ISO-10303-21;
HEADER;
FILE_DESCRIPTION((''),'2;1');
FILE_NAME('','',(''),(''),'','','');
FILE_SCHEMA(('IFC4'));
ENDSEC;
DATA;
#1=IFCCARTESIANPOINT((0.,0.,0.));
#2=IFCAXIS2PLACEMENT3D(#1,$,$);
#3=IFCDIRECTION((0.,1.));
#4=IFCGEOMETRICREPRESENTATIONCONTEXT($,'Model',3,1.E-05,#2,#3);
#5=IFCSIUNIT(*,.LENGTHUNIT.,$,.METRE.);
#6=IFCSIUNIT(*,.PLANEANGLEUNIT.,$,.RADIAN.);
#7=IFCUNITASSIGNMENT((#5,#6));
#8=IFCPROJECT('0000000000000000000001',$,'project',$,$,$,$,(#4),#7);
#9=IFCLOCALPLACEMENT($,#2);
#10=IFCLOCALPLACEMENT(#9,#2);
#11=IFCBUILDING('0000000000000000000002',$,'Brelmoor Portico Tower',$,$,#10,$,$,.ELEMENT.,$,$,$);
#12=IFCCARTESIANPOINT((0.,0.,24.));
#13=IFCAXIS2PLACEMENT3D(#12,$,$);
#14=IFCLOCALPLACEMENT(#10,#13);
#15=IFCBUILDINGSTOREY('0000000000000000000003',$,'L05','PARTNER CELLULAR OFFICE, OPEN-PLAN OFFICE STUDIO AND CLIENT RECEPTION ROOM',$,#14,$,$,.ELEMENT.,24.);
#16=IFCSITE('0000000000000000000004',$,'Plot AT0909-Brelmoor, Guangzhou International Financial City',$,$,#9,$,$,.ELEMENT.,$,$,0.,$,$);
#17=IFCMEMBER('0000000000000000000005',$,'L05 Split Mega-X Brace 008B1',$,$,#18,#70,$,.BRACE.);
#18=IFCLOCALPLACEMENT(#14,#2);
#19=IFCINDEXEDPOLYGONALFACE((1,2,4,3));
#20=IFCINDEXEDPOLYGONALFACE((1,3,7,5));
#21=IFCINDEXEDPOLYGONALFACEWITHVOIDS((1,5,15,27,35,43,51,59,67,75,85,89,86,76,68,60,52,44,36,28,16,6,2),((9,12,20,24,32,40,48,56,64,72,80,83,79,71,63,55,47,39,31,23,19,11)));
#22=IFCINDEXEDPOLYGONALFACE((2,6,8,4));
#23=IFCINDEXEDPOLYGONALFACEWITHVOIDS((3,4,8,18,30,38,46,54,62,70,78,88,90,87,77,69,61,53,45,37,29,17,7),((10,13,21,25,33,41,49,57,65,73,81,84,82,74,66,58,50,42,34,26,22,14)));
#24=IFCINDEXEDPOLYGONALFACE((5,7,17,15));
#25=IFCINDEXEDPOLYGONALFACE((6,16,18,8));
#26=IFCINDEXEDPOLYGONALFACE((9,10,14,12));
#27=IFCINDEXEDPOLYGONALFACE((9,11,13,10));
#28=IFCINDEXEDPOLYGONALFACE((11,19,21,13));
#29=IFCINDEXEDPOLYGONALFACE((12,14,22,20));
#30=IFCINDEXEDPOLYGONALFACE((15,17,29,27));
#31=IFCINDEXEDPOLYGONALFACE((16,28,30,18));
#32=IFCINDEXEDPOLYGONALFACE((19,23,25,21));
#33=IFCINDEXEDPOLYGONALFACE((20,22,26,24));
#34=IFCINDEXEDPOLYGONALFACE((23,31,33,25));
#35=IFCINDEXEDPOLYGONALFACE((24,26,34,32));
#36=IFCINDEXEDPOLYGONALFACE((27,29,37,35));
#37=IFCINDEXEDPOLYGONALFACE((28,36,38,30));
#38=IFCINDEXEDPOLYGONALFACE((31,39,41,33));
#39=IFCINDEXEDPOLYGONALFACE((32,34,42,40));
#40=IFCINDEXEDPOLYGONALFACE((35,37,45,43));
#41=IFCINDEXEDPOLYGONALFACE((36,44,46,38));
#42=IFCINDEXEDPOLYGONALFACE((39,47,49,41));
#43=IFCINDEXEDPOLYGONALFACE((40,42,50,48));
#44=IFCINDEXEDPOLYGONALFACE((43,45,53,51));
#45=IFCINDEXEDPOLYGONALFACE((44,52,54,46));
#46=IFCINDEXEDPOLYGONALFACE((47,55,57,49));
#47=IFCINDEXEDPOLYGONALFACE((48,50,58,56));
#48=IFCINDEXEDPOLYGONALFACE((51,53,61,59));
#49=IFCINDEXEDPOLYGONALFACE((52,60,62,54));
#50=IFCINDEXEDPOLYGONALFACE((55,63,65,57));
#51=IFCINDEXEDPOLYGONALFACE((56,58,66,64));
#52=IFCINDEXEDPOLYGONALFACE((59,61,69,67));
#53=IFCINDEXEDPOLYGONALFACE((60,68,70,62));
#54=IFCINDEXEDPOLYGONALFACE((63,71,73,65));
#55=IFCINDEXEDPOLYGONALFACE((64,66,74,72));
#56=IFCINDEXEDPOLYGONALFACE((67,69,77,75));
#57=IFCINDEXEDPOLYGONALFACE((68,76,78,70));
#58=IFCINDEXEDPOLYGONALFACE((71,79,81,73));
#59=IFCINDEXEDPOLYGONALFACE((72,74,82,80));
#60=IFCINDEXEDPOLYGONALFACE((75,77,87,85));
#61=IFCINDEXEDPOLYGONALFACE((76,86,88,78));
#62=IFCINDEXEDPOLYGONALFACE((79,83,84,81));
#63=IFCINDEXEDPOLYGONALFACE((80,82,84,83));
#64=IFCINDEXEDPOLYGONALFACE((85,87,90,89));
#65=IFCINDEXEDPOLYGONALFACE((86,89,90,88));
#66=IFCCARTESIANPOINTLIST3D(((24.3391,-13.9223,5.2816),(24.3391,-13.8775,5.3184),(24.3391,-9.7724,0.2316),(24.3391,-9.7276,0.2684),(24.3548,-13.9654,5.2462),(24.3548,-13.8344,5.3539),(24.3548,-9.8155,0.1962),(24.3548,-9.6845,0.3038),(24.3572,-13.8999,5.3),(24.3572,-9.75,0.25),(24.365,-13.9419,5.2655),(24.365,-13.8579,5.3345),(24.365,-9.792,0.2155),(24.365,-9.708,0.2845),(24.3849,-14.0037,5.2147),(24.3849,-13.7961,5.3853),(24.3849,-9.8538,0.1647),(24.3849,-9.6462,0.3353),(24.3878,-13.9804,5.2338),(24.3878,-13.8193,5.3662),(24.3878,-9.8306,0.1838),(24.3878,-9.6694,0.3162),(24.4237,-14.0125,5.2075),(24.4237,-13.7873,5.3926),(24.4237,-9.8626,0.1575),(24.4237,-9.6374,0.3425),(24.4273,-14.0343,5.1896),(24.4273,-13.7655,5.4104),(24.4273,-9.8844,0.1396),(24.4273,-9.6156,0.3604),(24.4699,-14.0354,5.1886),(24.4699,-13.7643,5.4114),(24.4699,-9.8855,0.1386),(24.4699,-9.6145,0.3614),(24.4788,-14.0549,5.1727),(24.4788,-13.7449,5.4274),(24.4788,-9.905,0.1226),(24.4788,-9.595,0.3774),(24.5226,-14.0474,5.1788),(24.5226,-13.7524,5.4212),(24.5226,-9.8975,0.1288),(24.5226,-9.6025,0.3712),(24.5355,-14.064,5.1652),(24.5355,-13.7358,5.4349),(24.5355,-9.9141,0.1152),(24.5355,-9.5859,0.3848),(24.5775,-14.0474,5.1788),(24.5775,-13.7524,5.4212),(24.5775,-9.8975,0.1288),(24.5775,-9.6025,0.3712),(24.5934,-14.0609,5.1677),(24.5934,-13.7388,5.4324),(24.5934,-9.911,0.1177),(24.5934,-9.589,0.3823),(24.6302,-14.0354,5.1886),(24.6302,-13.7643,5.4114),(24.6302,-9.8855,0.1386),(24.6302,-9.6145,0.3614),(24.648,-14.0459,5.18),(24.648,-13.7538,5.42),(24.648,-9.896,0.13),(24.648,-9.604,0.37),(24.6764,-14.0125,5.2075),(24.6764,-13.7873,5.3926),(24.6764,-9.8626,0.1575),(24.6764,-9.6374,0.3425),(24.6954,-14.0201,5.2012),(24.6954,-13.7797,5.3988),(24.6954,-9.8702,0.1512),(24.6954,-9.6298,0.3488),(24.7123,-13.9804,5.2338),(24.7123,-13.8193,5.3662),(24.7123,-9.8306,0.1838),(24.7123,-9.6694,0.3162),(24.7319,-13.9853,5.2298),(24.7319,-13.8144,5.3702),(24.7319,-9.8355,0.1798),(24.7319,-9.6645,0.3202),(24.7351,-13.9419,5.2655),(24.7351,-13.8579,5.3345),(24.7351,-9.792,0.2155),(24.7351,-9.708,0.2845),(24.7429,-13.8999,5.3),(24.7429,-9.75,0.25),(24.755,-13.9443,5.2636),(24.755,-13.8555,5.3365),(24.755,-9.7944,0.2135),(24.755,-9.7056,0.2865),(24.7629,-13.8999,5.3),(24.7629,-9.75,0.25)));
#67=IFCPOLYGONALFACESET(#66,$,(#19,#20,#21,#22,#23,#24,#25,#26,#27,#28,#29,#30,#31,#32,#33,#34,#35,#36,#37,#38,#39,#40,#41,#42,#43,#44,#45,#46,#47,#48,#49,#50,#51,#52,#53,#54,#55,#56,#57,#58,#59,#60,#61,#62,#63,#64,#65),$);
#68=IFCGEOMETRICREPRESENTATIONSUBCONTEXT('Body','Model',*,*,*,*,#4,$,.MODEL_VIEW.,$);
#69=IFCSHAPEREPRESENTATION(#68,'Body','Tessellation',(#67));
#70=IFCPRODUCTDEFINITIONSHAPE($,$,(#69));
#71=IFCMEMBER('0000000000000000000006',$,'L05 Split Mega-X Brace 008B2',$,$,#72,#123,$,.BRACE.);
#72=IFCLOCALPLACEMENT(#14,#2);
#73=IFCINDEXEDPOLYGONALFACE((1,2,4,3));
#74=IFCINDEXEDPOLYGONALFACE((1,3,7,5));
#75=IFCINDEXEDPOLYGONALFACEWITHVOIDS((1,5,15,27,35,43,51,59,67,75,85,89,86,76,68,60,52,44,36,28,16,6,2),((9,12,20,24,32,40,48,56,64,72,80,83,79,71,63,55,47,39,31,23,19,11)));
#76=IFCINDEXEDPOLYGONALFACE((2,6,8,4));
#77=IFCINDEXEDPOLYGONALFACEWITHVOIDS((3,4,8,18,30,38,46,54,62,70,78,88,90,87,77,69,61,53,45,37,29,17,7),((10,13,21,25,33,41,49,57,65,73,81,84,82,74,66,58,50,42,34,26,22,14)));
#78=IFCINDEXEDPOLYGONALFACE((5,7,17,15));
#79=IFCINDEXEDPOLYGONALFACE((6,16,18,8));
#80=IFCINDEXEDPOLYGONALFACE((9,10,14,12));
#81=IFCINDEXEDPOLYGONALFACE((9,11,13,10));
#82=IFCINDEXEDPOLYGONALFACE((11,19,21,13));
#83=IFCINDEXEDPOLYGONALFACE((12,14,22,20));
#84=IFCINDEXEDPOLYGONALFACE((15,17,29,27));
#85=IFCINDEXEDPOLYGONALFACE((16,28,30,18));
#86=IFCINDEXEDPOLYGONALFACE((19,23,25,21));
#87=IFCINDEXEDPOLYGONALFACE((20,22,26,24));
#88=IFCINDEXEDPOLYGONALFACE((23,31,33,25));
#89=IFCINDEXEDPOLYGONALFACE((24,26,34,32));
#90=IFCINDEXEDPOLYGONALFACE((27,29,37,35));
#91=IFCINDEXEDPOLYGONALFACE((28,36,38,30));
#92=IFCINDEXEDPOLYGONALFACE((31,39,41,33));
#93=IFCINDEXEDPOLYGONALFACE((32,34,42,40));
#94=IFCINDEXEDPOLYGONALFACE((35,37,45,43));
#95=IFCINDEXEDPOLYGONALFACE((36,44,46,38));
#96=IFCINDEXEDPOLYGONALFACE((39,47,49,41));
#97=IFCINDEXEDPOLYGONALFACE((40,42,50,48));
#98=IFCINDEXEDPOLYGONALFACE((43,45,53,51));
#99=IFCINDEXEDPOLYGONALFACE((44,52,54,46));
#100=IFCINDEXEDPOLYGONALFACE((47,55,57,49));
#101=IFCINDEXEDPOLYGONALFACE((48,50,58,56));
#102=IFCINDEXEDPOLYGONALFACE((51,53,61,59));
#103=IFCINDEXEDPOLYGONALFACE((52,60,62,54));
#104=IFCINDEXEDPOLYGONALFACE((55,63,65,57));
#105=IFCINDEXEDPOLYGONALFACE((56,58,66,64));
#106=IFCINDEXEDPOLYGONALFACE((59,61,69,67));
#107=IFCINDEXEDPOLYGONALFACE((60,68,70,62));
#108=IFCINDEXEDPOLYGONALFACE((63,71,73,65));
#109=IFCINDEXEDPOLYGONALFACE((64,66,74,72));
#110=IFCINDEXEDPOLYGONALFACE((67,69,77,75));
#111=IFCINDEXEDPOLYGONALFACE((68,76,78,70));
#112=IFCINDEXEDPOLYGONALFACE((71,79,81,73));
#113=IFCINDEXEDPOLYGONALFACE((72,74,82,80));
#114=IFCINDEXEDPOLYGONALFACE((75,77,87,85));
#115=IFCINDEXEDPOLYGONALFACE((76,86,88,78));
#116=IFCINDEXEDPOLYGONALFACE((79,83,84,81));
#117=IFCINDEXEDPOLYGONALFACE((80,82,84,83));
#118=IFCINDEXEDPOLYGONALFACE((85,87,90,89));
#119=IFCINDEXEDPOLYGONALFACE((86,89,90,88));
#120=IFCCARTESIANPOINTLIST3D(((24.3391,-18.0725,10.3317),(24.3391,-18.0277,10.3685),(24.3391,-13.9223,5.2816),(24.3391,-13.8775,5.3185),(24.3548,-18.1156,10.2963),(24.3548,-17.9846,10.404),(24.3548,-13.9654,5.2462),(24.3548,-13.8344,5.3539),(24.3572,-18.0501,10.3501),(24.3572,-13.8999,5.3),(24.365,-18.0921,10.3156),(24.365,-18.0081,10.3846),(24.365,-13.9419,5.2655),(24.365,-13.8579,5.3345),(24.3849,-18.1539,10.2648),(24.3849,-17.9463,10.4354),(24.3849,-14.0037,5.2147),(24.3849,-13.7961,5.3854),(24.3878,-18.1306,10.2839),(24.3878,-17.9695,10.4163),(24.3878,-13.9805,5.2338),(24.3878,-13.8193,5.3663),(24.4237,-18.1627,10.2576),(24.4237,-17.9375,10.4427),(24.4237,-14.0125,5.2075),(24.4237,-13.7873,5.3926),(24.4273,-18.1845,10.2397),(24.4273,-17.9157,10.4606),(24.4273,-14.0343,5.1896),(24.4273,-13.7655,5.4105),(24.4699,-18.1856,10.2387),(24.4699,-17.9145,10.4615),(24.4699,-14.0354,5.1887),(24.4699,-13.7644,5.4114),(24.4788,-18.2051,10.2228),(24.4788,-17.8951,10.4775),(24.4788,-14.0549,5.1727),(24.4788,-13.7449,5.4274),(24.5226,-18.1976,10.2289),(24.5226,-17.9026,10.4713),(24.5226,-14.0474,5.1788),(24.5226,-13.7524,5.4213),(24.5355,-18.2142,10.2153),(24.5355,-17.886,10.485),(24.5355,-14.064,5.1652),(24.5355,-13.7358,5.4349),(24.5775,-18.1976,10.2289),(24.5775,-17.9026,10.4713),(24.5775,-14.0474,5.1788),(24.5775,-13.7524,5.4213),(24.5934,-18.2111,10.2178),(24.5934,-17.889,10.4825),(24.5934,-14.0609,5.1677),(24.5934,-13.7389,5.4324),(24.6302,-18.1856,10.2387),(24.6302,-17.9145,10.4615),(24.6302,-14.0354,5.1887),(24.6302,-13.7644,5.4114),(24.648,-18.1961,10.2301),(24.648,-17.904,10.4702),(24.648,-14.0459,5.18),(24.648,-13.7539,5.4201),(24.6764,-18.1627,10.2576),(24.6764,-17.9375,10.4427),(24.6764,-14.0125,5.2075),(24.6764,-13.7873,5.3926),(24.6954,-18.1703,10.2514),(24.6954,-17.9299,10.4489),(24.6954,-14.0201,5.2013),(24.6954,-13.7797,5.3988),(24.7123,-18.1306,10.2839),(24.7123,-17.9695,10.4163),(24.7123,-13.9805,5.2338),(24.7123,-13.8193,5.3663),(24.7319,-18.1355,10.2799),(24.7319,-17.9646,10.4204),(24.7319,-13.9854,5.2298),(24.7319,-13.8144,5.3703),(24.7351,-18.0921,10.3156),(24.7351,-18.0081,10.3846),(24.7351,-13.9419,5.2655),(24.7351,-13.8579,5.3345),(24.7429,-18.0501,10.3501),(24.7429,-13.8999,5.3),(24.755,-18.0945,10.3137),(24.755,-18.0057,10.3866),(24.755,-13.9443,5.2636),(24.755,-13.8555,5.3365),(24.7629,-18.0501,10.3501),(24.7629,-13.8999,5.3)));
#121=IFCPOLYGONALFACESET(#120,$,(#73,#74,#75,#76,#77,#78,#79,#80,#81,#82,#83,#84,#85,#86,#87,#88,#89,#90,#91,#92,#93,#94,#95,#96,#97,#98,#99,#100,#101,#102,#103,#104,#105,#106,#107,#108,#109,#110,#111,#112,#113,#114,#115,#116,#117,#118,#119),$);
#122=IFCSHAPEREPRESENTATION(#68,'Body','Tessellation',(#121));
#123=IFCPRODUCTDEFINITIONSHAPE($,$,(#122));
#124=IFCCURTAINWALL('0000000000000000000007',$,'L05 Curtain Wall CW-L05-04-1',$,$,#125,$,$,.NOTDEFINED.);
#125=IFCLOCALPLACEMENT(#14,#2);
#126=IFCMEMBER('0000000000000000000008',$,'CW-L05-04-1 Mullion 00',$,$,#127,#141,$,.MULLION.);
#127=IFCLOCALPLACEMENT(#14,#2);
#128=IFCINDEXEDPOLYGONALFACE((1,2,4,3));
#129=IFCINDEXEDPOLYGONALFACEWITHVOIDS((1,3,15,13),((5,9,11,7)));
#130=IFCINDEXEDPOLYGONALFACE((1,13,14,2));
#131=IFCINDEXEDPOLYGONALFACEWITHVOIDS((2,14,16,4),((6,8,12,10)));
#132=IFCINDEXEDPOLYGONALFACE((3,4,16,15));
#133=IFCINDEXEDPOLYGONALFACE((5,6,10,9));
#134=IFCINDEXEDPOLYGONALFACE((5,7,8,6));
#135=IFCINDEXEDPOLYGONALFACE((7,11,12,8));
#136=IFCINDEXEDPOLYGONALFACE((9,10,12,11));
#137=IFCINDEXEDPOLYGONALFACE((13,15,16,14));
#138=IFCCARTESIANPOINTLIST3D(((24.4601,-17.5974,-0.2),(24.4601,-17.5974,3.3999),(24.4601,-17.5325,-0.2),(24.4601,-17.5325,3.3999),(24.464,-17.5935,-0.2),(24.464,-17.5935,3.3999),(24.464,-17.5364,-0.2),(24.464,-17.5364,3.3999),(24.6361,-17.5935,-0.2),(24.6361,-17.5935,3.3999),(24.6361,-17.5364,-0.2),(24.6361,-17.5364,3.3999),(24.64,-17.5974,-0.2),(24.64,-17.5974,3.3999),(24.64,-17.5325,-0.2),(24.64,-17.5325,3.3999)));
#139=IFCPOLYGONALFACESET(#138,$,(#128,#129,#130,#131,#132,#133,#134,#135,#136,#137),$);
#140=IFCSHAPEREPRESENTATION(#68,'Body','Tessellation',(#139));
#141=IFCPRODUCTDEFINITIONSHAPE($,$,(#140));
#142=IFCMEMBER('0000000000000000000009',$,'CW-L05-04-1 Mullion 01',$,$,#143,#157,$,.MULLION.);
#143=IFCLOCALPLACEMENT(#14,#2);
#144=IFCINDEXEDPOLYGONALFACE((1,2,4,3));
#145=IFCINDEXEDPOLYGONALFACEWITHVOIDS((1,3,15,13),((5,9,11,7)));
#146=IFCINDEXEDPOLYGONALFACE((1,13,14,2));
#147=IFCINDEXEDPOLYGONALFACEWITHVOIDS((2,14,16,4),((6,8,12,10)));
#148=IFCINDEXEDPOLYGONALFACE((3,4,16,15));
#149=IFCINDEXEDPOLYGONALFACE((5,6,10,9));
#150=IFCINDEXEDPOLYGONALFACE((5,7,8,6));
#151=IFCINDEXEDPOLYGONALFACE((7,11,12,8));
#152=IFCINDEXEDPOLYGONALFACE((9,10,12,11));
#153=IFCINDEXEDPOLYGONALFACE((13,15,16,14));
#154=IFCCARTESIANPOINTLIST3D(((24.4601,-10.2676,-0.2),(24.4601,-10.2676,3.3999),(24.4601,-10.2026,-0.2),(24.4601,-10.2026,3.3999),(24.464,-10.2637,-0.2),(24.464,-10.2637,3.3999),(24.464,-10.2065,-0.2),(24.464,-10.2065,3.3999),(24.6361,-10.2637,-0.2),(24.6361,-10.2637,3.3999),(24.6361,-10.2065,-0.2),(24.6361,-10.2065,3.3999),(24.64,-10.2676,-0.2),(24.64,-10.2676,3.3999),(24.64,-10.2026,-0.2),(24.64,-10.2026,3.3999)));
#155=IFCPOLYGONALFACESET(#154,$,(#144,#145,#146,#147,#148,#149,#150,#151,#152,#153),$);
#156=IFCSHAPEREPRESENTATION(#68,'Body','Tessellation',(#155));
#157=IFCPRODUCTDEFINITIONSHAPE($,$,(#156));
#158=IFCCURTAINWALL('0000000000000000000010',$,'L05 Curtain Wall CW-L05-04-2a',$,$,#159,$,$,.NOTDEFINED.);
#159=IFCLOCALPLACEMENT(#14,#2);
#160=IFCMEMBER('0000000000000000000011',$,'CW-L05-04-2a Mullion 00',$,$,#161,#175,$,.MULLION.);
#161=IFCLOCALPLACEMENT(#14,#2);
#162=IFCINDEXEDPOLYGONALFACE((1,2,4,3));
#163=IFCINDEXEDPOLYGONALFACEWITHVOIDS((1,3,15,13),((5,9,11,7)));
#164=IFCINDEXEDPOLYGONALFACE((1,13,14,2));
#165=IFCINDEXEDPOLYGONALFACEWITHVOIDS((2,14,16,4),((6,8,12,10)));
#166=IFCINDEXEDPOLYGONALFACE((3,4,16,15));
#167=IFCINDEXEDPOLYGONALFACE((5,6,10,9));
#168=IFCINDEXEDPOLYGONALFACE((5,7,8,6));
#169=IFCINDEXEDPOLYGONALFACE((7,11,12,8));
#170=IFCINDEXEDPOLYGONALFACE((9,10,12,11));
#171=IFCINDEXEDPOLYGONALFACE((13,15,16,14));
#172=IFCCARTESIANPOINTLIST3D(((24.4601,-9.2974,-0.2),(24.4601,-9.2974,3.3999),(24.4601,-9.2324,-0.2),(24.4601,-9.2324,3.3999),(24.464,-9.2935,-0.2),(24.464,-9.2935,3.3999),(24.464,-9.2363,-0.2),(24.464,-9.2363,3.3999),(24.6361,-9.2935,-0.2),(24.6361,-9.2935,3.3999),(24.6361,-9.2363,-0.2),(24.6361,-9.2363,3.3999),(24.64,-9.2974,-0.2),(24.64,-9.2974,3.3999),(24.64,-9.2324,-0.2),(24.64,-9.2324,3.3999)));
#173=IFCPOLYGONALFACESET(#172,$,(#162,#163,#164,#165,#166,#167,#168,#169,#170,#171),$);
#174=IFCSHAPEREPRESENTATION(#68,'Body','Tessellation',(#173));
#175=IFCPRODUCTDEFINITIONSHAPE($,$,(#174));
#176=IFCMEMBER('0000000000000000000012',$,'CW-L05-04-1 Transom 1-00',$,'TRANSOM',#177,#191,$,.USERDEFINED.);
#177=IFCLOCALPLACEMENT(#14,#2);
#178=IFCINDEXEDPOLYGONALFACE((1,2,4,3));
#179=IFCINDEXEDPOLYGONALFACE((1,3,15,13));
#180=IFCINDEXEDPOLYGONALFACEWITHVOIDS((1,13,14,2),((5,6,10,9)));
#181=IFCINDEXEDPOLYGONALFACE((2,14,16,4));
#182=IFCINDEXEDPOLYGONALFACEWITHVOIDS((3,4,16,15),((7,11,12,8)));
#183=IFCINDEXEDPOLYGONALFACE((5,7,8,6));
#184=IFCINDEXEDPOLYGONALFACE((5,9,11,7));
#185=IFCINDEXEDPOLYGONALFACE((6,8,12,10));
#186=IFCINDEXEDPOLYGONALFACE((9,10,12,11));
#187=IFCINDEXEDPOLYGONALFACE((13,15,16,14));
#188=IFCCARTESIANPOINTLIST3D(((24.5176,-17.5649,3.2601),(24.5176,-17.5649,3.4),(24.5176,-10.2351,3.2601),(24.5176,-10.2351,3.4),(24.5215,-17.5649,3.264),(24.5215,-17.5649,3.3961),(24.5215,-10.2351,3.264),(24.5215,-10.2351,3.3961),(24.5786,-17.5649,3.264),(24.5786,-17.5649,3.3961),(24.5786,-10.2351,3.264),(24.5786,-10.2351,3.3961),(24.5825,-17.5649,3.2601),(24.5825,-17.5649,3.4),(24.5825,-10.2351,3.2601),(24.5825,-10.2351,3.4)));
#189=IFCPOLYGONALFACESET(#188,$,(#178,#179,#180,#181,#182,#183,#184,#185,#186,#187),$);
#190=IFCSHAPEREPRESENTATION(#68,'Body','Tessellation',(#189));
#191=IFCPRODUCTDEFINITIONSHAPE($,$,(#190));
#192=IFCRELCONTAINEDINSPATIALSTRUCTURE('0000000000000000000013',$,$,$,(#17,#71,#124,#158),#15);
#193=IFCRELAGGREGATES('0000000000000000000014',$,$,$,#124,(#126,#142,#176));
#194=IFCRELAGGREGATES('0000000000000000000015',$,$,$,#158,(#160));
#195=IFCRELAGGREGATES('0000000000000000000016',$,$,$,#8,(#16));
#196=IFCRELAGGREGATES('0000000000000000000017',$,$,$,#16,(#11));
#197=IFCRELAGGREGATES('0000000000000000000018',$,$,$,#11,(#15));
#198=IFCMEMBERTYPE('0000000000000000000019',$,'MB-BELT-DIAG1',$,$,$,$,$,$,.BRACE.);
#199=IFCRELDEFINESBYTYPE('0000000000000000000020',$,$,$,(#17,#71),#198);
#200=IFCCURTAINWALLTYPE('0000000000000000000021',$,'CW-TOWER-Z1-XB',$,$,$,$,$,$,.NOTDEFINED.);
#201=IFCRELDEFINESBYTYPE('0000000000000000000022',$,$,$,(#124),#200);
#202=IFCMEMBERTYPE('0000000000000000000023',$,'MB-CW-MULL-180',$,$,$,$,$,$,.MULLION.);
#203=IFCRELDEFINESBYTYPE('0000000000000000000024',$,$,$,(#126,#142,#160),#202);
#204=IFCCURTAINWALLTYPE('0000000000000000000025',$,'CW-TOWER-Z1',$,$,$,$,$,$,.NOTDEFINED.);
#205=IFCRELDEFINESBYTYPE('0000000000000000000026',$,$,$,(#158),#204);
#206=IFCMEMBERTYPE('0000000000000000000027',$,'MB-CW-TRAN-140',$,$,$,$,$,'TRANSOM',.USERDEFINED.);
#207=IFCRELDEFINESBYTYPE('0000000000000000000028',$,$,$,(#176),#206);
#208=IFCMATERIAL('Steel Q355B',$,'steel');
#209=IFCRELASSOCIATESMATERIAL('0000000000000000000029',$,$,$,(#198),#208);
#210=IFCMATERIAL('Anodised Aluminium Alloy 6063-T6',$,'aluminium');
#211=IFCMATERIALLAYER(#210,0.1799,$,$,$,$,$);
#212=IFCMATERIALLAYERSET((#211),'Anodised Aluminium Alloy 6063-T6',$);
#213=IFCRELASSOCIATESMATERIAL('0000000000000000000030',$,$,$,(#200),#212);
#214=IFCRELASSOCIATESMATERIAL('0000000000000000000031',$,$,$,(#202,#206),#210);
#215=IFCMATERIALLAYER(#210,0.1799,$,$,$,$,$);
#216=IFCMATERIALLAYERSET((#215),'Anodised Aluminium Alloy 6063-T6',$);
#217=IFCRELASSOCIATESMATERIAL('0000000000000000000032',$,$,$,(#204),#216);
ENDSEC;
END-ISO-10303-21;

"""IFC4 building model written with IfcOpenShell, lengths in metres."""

from ifc_helpers import new_model, si_unit, direction, frame, origin, origin_2d, place, context, subcontext, project, spatial, hollow_rectangle, hollow_circle, extrude, material, layer, layer_set, material_profile, profile_set, type_object, element, aggregate, save


model = new_model("IFC4")

# Units and contexts
model_context = context("Model", 3, precision=1e-05, world=origin(), true_north=direction((0.0, 1.0)))
body_context = subcontext(model_context, "Body", "Model", "MODEL_VIEW")
ifc_project = project(units=[si_unit("LENGTHUNIT", "METRE"), si_unit("PLANEANGLEUNIT", "RADIAN")], contexts=[model_context])

# Site, building, storey
site_placement = place(None, origin())
site = spatial("IfcSite", under=ifc_project, at=site_placement, Name="Plot AT0909-Brelmoor, Guangzhou International Financial City", CompositionType="ELEMENT", RefElevation=0.0)
building_placement = place(site_placement, origin())
building = spatial("IfcBuilding", under=site, at=building_placement, Name="Brelmoor Portico Tower", CompositionType="ELEMENT")
storey_placement = place(building_placement, frame((0.0, 0.0, 24.0)))
storey = spatial("IfcBuildingStorey", under=building, at=storey_placement, Name="L05", Description="PARTNER CELLULAR OFFICE, OPEN-PLAN OFFICE STUDIO AND CLIENT RECEPTION ROOM", CompositionType="ELEMENT", Elevation=24.0)

# Shared definitions
ifc_material_1 = material(Name="Steel Q355B", Category="steel")

# Members
ifc_material_profile_1 = material_profile(ifc_material_1, hollow_circle(Radius=0.2129, WallThickness=0.02, at=origin_2d()), Name="CHS 426x20")
ifc_profile_set_1 = profile_set([ifc_material_profile_1], Name="Steel Q355B")
member_type_1 = type_object("IfcMemberType", Name="MB-BELT-DIAG1", PredefinedType="BRACE", material=ifc_profile_set_1)
member_1_placement = place(storey_placement, frame((24.55, -9.75, 0.25), z_axis=(0.0, -0.63489, 0.772603), x_axis=(1.0, 0.0, 0.0)))
element("IfcMember", 1, at=member_1_placement, inside=storey, type_object=member_type_1, Name="L05 Split Mega-X Brace 008B1", PredefinedType="BRACE", context=body_context, shape_type="SweptSolid", body=[
    extrude(hollow_circle(Radius=0.2129, WallThickness=0.02, at=origin_2d()), origin(), (0.0, 0.0, 1.0), 6.5364),
])
member_2_placement = place(storey_placement, frame((24.55, -13.8999, 5.3), z_axis=(0.0, -0.634912, 0.772584), x_axis=(1.0, 0.0, 0.0)))
element("IfcMember", 2, at=member_2_placement, inside=storey, type_object=member_type_1, Name="L05 Split Mega-X Brace 008B2", PredefinedType="BRACE", context=body_context, shape_type="SweptSolid", body=[
    extrude(hollow_circle(Radius=0.2129, WallThickness=0.02, at=origin_2d()), origin(), (0.0, 0.0, 1.0), 6.5366),
])

# Curtain wall, members
ifc_material_2 = material(Name="Anodised Aluminium Alloy 6063-T6", Category="aluminium")
ifc_layer_1 = layer(ifc_material_2, 0.1799)
ifc_layer_set_1 = layer_set([ifc_layer_1], Name="Anodised Aluminium Alloy 6063-T6")
curtain_wall_type_1 = type_object("IfcCurtainWallType", Name="CW-TOWER-Z1-XB", PredefinedType="NOTDEFINED", material=ifc_layer_set_1)
curtain_wall_1_placement = place(storey_placement, origin())
curtain_wall_1 = element("IfcCurtainWall", 3, at=curtain_wall_1_placement, inside=storey, type_object=curtain_wall_type_1, Name="L05 Curtain Wall CW-L05-04-1", PredefinedType="NOTDEFINED")
ifc_material_profile_2 = material_profile(ifc_material_2, hollow_rectangle(XDim=0.0649, YDim=0.1799, WallThickness=0.0039, at=origin_2d()), Name="ALU MULLION 65x180")
ifc_profile_set_2 = profile_set([ifc_material_profile_2], Name="Anodised Aluminium Alloy 6063-T6")
member_type_2 = type_object("IfcMemberType", Name="MB-CW-MULL-180", PredefinedType="MULLION", material=ifc_profile_set_2)
member_3_placement = place(storey_placement, frame((24.55, -17.5649, -0.2), z_axis=(0.0, 0.0, 1.0), x_axis=(0.0, 1.0, 0.0)))
member_3 = element("IfcMember", 4, at=member_3_placement, type_object=member_type_2, Name="CW-L05-04-1 Mullion 00", PredefinedType="MULLION", context=body_context, shape_type="SweptSolid", body=[
    extrude(hollow_rectangle(XDim=0.0649, YDim=0.1799, WallThickness=0.0039, at=origin_2d()), origin(), (0.0, 0.0, 1.0), 3.5999),
])
member_4_placement = place(storey_placement, frame((24.55, -10.2351, -0.2), z_axis=(0.0, 0.0, 1.0), x_axis=(0.0, 1.0, 0.0)))
member_4 = element("IfcMember", 5, at=member_4_placement, type_object=member_type_2, Name="CW-L05-04-1 Mullion 01", PredefinedType="MULLION", context=body_context, shape_type="SweptSolid", body=[
    extrude(hollow_rectangle(XDim=0.0649, YDim=0.1799, WallThickness=0.0039, at=origin_2d()), origin(), (0.0, 0.0, 1.0), 3.5999),
])

# Curtain wall, member
ifc_layer_2 = layer(ifc_material_2, 0.1799)
ifc_layer_set_2 = layer_set([ifc_layer_2], Name="Anodised Aluminium Alloy 6063-T6")
curtain_wall_type_2 = type_object("IfcCurtainWallType", Name="CW-TOWER-Z1", PredefinedType="NOTDEFINED", material=ifc_layer_set_2)
curtain_wall_2_placement = place(storey_placement, origin())
curtain_wall_2 = element("IfcCurtainWall", 6, at=curtain_wall_2_placement, inside=storey, type_object=curtain_wall_type_2, Name="L05 Curtain Wall CW-L05-04-2a", PredefinedType="NOTDEFINED")
member_5_placement = place(storey_placement, frame((24.55, -9.2649, -0.2), z_axis=(0.0, 0.0, 1.0), x_axis=(0.0, 1.0, 0.0)))
member_5 = element("IfcMember", 7, at=member_5_placement, type_object=member_type_2, Name="CW-L05-04-2a Mullion 00", PredefinedType="MULLION", context=body_context, shape_type="SweptSolid", body=[
    extrude(hollow_rectangle(XDim=0.0649, YDim=0.1799, WallThickness=0.0039, at=origin_2d()), origin(), (0.0, 0.0, 1.0), 3.5999),
])

# Member
ifc_material_profile_3 = material_profile(ifc_material_2, hollow_rectangle(XDim=0.0649, YDim=0.1399, WallThickness=0.0039, at=origin_2d()), Name="ALU TRANSOM 65x140")
ifc_profile_set_3 = profile_set([ifc_material_profile_3], Name="Anodised Aluminium Alloy 6063-T6")
member_type_3 = type_object("IfcMemberType", Name="MB-CW-TRAN-140", ElementType="TRANSOM", PredefinedType="USERDEFINED", material=ifc_profile_set_3)
member_6_placement = place(storey_placement, frame((24.55, -17.5649, 3.3301), z_axis=(0.0, 1.0, 0.0), x_axis=(-1.0, 0.0, 0.0)))
member_6 = element("IfcMember", 8, at=member_6_placement, type_object=member_type_3, Name="CW-L05-04-1 Transom 1-00", ObjectType="TRANSOM", PredefinedType="USERDEFINED", context=body_context, shape_type="SweptSolid", body=[
    extrude(hollow_rectangle(XDim=0.0649, YDim=0.1399, WallThickness=0.0039, at=origin_2d()), origin(), (0.0, 0.0, 1.0), 7.3298),
])

aggregate(curtain_wall_1, [member_3, member_4, member_6])
aggregate(curtain_wall_2, [member_5])

save(model, "model.ifc")
